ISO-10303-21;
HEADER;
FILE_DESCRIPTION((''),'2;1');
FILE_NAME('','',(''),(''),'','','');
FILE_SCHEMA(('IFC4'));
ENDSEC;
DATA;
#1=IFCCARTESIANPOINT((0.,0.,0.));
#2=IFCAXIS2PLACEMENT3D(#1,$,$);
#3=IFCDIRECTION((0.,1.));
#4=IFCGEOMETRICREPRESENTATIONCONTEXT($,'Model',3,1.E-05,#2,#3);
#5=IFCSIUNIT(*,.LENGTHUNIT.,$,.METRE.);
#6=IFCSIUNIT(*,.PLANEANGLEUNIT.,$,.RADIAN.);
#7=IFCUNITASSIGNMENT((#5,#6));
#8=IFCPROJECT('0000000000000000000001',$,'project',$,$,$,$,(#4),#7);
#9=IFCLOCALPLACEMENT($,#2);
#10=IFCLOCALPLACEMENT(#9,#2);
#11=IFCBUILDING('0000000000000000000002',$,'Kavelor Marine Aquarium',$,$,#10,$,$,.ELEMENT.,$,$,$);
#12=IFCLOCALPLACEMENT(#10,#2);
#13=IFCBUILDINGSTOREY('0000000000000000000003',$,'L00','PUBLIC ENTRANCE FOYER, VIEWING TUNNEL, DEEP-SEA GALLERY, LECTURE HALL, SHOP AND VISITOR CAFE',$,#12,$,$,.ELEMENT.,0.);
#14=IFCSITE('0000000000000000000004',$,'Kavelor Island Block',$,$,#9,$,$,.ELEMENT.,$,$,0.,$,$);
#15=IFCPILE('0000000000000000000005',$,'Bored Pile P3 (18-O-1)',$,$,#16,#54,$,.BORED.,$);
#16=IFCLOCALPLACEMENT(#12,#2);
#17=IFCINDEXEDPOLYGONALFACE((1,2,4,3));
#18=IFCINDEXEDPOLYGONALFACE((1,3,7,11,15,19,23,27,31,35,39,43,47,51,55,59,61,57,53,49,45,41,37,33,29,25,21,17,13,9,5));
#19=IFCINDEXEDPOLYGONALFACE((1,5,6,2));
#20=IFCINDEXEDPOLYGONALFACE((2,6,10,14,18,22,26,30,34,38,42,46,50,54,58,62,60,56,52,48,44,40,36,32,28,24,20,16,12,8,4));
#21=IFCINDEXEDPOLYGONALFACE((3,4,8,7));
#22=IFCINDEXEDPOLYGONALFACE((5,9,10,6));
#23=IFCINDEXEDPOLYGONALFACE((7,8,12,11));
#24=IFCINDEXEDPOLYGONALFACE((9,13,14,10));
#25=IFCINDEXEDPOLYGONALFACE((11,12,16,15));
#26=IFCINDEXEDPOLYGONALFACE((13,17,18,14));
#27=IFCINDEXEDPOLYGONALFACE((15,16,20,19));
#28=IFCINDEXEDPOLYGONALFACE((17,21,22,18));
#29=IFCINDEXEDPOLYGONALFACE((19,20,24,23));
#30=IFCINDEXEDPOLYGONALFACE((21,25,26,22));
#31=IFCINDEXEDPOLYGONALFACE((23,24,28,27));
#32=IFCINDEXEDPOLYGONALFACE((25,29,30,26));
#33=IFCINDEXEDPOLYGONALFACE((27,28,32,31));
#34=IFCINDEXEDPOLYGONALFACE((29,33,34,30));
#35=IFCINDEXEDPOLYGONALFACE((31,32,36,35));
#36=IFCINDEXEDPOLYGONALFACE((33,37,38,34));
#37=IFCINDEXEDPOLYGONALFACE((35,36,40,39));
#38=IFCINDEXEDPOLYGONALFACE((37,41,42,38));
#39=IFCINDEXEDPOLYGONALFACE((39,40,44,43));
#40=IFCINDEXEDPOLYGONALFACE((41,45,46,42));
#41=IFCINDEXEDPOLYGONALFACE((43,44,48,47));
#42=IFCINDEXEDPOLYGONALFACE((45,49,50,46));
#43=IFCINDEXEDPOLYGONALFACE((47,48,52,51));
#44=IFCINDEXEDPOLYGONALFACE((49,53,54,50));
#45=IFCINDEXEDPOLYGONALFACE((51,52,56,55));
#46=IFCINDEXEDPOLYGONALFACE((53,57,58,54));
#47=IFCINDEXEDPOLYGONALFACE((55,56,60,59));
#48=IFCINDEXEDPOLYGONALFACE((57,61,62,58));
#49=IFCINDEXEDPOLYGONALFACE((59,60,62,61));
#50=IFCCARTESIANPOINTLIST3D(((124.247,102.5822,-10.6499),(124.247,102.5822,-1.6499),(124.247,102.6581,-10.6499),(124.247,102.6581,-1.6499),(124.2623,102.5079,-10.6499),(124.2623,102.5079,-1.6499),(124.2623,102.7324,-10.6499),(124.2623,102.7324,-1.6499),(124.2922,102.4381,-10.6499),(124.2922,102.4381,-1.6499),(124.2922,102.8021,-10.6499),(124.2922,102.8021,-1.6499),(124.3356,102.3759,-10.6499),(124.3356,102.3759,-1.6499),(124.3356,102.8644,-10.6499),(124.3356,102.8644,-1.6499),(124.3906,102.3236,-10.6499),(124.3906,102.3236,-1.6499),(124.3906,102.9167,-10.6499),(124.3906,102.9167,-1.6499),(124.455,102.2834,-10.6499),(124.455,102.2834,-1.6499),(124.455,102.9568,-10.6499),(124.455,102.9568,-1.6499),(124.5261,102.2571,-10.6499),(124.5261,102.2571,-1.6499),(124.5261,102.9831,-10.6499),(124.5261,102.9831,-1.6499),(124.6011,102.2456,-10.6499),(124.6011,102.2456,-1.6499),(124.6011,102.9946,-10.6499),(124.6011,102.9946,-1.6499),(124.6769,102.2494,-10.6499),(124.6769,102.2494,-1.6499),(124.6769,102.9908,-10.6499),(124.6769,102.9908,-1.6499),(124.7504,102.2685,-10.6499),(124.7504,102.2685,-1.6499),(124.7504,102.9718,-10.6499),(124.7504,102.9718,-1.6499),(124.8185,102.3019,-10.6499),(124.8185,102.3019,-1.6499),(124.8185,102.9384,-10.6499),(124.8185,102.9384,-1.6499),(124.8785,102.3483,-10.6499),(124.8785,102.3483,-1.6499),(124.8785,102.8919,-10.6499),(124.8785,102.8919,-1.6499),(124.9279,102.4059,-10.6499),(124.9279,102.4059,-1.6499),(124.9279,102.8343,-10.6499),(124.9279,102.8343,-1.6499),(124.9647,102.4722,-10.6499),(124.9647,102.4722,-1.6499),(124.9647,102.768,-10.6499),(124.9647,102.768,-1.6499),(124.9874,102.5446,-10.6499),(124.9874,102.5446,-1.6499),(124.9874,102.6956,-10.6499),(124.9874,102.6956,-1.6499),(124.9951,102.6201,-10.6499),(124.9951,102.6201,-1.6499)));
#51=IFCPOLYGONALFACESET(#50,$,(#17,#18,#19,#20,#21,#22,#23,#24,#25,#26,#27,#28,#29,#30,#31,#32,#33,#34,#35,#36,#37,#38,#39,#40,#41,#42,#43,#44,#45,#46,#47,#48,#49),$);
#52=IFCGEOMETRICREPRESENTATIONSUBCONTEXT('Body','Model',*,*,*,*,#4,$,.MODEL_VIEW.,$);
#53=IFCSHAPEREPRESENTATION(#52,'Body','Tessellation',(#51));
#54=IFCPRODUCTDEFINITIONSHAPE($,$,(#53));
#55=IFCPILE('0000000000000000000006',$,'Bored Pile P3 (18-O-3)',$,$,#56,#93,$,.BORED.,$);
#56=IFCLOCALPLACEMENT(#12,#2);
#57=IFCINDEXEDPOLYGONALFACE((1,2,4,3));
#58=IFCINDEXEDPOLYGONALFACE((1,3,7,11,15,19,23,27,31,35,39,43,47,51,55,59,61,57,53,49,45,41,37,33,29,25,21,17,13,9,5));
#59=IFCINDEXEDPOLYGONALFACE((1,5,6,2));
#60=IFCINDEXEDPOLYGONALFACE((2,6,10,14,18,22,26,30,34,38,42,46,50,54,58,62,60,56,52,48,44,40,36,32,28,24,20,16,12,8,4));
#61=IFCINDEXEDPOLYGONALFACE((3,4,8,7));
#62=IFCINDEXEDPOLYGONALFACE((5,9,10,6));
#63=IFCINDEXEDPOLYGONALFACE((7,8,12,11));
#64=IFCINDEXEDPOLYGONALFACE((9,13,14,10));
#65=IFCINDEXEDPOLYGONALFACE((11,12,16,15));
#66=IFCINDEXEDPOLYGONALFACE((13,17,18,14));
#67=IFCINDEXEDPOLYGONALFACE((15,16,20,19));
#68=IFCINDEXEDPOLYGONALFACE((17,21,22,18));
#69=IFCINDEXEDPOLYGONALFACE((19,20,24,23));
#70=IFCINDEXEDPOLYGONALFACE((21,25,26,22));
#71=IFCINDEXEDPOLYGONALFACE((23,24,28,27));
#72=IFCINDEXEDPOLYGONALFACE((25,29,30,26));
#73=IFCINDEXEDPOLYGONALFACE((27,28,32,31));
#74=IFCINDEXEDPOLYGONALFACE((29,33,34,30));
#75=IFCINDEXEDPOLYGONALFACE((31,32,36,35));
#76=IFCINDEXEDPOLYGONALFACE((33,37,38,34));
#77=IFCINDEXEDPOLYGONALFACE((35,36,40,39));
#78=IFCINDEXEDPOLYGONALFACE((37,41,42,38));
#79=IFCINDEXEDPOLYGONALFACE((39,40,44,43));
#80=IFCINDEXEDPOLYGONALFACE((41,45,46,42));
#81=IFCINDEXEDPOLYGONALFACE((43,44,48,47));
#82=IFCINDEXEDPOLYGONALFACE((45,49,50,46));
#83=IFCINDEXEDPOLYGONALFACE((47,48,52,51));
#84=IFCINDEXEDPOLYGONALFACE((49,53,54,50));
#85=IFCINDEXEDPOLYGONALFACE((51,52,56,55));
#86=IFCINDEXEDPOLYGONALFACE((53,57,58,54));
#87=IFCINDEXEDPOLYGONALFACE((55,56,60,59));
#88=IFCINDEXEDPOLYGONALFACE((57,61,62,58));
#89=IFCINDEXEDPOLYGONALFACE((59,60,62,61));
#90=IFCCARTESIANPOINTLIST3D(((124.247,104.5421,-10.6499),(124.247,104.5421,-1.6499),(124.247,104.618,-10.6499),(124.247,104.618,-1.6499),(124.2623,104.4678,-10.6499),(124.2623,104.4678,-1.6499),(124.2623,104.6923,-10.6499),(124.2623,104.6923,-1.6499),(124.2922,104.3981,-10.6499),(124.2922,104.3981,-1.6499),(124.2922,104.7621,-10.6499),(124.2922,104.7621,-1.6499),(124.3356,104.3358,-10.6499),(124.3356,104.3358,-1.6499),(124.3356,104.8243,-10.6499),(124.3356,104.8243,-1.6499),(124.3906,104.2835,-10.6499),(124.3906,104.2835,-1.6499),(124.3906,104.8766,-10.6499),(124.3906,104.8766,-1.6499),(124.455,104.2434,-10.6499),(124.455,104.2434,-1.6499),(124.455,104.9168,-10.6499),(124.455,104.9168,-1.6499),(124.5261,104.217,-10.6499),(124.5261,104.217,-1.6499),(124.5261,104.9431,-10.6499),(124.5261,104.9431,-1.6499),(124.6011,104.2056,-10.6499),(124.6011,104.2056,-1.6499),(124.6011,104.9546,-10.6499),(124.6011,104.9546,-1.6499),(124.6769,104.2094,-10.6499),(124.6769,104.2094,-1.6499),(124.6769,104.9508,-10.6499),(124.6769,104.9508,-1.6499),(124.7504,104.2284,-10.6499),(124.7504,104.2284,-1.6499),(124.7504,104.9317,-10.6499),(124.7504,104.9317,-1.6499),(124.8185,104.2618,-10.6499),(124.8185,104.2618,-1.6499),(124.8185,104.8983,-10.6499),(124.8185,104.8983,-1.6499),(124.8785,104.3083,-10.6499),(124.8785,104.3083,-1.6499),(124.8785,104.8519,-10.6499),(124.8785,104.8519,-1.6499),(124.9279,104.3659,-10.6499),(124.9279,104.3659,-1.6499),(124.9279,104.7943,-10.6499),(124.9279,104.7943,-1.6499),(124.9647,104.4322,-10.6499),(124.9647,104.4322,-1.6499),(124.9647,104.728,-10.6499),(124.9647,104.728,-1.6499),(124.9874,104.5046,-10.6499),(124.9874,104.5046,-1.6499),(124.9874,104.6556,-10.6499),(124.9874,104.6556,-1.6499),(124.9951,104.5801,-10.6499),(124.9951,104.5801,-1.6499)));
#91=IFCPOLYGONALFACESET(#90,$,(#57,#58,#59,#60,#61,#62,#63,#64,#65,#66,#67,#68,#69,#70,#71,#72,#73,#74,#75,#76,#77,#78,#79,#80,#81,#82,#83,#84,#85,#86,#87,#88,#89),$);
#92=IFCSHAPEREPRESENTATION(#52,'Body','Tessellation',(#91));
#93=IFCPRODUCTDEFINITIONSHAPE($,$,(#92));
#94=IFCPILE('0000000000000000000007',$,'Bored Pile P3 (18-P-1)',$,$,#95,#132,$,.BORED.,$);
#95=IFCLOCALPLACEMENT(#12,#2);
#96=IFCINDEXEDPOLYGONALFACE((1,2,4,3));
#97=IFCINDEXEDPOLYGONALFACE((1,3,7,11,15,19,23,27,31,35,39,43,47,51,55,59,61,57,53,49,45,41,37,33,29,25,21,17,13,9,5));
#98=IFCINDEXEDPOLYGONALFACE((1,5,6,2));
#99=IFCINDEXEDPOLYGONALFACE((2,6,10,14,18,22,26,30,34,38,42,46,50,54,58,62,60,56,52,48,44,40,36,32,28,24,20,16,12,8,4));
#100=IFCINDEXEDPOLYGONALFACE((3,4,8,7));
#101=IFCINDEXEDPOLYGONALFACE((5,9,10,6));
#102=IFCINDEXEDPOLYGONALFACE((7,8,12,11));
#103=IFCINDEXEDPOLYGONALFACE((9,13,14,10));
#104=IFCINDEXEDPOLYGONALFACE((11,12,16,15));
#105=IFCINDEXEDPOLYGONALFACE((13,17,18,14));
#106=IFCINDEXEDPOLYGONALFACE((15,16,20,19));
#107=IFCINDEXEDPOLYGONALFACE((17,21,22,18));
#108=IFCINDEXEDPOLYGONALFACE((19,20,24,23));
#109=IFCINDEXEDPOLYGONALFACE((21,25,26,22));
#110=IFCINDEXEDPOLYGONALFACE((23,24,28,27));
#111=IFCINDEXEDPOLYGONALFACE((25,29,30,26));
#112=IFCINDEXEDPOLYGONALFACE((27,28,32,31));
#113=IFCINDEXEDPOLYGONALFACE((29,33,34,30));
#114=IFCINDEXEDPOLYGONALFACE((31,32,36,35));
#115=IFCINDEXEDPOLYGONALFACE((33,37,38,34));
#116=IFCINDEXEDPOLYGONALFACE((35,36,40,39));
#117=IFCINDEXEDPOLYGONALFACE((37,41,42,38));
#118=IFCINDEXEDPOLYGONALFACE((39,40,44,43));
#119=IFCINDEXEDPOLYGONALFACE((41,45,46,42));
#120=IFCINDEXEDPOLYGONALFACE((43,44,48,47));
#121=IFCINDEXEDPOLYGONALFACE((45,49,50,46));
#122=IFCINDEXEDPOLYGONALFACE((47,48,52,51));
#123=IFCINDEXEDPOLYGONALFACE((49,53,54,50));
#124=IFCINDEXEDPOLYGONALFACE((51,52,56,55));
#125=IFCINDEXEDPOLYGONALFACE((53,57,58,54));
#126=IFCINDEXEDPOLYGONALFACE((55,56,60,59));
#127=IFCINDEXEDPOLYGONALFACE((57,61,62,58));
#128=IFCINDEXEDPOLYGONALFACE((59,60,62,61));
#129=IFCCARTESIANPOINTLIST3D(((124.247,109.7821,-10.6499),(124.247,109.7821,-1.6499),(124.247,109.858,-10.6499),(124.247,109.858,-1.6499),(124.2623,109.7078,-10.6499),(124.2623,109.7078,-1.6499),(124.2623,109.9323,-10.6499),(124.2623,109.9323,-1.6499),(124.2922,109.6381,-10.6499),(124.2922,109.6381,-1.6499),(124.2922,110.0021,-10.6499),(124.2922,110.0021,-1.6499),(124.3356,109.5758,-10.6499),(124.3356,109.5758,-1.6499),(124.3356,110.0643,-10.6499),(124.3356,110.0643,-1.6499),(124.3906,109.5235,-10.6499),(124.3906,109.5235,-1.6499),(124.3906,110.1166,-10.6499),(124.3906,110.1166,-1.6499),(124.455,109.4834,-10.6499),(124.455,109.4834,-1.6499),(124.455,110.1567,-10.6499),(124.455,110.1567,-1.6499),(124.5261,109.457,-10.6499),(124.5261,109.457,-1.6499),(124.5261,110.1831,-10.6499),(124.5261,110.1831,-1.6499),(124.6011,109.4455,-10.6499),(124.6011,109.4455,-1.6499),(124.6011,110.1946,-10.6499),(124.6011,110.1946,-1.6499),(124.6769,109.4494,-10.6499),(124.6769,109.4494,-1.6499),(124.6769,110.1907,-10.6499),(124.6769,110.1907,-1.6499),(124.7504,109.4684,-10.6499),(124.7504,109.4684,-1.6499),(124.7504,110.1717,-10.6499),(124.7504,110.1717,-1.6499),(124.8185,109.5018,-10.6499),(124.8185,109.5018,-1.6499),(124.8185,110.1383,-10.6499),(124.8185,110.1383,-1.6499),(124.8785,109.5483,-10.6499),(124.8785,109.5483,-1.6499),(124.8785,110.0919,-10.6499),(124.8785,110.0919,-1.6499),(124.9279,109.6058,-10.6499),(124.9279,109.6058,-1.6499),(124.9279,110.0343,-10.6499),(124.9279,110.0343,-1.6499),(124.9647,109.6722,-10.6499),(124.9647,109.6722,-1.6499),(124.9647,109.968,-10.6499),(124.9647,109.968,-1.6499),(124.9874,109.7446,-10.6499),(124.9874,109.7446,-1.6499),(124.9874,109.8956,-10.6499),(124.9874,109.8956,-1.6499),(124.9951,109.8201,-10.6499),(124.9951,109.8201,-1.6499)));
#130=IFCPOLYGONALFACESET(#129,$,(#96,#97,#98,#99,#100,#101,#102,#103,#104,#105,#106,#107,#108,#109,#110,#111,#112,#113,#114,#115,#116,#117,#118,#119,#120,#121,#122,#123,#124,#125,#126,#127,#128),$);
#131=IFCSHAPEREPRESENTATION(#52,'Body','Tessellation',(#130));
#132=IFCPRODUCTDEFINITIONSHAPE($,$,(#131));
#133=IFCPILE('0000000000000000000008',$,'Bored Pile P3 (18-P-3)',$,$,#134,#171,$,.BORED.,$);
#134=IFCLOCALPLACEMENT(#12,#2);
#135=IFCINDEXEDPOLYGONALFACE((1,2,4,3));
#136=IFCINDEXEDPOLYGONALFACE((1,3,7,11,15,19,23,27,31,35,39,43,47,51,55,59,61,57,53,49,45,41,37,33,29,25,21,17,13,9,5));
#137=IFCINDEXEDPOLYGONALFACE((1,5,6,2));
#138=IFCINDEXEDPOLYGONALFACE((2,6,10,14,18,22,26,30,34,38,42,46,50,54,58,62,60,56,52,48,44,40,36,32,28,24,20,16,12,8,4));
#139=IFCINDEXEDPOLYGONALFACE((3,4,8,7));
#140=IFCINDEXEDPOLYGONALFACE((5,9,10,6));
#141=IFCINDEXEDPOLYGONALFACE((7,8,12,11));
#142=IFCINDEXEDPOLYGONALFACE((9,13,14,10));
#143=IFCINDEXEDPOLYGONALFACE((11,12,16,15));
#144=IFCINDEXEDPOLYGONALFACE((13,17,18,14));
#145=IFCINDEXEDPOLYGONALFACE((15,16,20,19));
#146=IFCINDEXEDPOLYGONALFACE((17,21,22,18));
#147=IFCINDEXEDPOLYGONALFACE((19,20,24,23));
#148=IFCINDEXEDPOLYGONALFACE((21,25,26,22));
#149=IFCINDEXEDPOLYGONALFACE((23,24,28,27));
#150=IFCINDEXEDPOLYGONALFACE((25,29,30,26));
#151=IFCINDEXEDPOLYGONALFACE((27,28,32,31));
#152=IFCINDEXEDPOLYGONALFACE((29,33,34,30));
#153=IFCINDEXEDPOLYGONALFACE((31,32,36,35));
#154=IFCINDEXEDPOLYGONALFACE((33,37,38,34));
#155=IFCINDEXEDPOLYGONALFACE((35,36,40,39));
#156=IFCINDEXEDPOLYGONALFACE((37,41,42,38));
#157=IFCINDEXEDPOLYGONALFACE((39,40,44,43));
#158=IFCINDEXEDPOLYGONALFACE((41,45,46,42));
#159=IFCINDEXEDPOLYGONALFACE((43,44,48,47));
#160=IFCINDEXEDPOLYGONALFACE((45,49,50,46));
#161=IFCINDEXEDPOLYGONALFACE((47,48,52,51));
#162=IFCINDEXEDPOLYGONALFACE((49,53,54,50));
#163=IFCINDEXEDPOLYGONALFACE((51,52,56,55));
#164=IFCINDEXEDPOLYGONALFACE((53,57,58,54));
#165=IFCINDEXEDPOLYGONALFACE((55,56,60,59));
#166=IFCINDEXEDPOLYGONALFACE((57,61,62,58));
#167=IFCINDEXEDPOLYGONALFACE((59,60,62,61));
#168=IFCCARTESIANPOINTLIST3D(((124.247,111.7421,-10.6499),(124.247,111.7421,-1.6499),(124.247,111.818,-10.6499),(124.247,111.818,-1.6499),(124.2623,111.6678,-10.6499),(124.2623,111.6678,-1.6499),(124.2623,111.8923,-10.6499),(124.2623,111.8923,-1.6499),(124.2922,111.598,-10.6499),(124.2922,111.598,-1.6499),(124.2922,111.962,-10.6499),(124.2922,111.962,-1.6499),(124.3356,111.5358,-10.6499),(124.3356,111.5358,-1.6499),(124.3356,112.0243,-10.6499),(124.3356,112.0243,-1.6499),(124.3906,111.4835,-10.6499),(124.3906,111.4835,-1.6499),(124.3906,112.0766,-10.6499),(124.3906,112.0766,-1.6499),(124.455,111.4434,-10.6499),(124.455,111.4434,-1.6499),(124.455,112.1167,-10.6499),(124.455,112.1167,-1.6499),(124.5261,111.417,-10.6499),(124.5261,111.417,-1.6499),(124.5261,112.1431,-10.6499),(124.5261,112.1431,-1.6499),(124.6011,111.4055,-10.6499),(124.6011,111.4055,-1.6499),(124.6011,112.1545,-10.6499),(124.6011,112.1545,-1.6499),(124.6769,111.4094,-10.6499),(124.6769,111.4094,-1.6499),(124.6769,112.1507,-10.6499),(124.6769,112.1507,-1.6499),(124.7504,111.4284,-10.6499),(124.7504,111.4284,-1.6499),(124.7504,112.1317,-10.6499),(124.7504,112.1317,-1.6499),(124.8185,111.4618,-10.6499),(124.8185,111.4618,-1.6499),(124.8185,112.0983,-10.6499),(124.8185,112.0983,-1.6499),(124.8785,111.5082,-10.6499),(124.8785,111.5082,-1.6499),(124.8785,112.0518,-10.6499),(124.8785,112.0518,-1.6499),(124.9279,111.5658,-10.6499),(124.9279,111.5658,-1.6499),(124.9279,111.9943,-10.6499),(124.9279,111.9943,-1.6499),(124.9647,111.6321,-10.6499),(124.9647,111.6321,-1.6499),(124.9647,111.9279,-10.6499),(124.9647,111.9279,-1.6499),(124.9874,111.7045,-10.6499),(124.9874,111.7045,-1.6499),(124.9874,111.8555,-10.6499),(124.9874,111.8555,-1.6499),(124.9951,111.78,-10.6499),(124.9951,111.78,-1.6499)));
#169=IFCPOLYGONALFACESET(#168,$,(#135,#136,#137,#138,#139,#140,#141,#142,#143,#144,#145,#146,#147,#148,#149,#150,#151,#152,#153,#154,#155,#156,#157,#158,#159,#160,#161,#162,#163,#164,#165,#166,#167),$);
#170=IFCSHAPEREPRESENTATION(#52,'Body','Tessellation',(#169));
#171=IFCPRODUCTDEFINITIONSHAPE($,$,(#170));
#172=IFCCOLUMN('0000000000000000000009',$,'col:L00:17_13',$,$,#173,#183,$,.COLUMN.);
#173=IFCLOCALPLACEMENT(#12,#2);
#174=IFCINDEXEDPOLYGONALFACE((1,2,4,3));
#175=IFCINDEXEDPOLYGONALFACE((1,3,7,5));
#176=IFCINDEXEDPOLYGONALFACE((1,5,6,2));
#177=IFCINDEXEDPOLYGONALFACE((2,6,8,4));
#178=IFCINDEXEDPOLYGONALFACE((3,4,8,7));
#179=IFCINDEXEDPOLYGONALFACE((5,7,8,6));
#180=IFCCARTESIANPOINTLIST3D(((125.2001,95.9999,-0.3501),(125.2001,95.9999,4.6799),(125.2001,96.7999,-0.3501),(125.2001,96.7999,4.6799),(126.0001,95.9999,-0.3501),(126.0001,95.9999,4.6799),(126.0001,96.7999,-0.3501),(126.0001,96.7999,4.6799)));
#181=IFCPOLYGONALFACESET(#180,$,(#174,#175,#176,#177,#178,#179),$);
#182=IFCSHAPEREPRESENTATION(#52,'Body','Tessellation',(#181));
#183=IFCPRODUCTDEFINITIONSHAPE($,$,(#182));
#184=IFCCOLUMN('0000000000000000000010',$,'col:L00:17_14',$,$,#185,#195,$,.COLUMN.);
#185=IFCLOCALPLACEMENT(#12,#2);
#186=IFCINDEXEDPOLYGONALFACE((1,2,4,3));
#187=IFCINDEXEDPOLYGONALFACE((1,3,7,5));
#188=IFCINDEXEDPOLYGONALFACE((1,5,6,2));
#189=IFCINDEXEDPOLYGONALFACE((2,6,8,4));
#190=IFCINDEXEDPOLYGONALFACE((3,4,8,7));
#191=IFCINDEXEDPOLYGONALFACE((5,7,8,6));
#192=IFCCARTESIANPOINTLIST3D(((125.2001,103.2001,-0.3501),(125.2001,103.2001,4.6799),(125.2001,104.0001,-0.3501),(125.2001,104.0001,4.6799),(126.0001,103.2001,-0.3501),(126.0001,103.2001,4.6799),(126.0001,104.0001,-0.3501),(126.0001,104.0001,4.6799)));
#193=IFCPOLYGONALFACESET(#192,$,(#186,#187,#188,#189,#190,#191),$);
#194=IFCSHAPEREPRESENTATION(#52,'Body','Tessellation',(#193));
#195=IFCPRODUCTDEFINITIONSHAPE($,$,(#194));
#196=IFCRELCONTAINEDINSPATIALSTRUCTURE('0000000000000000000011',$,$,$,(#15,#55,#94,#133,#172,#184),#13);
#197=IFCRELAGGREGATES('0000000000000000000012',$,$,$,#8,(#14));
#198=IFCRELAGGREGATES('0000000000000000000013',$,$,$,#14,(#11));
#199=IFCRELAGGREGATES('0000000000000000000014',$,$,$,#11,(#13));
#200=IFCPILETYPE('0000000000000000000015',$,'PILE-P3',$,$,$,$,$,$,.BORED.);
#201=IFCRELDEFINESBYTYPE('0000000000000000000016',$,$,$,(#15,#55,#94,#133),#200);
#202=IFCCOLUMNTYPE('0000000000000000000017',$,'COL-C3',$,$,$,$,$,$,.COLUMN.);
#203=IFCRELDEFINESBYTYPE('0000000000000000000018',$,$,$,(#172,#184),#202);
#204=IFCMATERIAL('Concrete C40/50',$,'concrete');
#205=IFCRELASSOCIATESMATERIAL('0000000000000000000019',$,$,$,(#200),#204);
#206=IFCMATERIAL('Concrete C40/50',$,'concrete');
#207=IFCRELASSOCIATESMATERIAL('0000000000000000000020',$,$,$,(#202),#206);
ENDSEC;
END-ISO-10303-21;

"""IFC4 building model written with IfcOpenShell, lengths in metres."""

from ifc_helpers import new_model, si_unit, direction, frame, origin, origin_2d, place, context, subcontext, project, spatial, rectangle, circle, extrude, material, material_profile, profile_set, type_object, element, save


model = new_model("IFC4")

# Units and contexts
model_context = context("Model", 3, precision=1e-05, world=origin(), true_north=direction((0.0, 1.0)))
body_context = subcontext(model_context, "Body", "Model", "MODEL_VIEW")
ifc_project = project(units=[si_unit("LENGTHUNIT", "METRE"), si_unit("PLANEANGLEUNIT", "RADIAN")], contexts=[model_context])

# Site, building, storey
site_placement = place(None, origin())
site = spatial("IfcSite", under=ifc_project, at=site_placement, Name="Kavelor Island Block", CompositionType="ELEMENT", RefElevation=0.0)
building_placement = place(site_placement, origin())
building = spatial("IfcBuilding", under=site, at=building_placement, Name="Kavelor Marine Aquarium", CompositionType="ELEMENT")
storey_placement = place(building_placement, origin())
storey = spatial("IfcBuildingStorey", under=building, at=storey_placement, Name="L00", Description="PUBLIC ENTRANCE FOYER, VIEWING TUNNEL, DEEP-SEA GALLERY, LECTURE HALL, SHOP AND VISITOR CAFE", CompositionType="ELEMENT", Elevation=0.0)

# Piles
ifc_material_1 = material(Name="Concrete C40/50", Category="concrete")
ifc_material_profile_1 = material_profile(ifc_material_1, circle(Radius=0.375, at=origin_2d()), Name="PILE D750")
ifc_profile_set_1 = profile_set([ifc_material_profile_1], Name="Concrete C40/50")
pile_type_1 = type_object("IfcPileType", Name="PILE-P3", PredefinedType="BORED", material=ifc_profile_set_1)
for number, where, z_axis, x_axis, name in (
    (1, (124.6201, 102.6201, -1.6499), (0.0, 0.0, -1.0), (1.0, 0.0, 0.0), "Bored Pile P3 (18-O-1)"),
    (2, (124.6201, 104.5801, -1.6499), (0.0, 0.0, -1.0), (1.0, 0.0, 0.0), "Bored Pile P3 (18-O-3)"),
    (3, (124.6201, 109.8201, -1.6499), (0.0, 0.0, -1.0), (1.0, 0.0, 0.0), "Bored Pile P3 (18-P-1)"),
    (4, (124.6201, 111.78, -1.6499), (0.0, 0.0, -1.0), (1.0, 0.0, 0.0), "Bored Pile P3 (18-P-3)"),
):
    element("IfcPile", number, at=place(storey_placement, frame(where, z_axis=z_axis, x_axis=x_axis)), inside=storey, type_object=pile_type_1, Name=name, PredefinedType="BORED", context=body_context, shape_type="SweptSolid", body=[
        extrude(circle(Radius=0.375, at=origin_2d()), origin(), (0.0, 0.0, 1.0), 9.0),
    ])

# Columns
ifc_material_2 = material(Name="Concrete C40/50", Category="concrete")
ifc_material_profile_2 = material_profile(ifc_material_2, rectangle(XDim=0.8, YDim=0.8, at=origin_2d()), Name="RC-COL 800x800")
ifc_profile_set_2 = profile_set([ifc_material_profile_2], Name="Concrete C40/50")
column_type_1 = type_object("IfcColumnType", Name="COL-C3", PredefinedType="COLUMN", material=ifc_profile_set_2)
for number, where, z_axis, x_axis, name in (
    (5, (125.6001, 96.3999, -0.3501), (0.0, 0.0, 1.0), (1.0, 0.0, 0.0), "col:L00:17_13"),
    (6, (125.6001, 103.6001, -0.3501), (0.0, 0.0, 1.0), (1.0, 0.0, 0.0), "col:L00:17_14"),
):
    element("IfcColumn", number, at=place(storey_placement, frame(where, z_axis=z_axis, x_axis=x_axis)), inside=storey, type_object=column_type_1, Name=name, PredefinedType="COLUMN", context=body_context, shape_type="SweptSolid", body=[
        extrude(rectangle(XDim=0.8, YDim=0.8, at=origin_2d()), origin(), (0.0, 0.0, 1.0), 5.03),
    ])

save(model, "model.ifc")
